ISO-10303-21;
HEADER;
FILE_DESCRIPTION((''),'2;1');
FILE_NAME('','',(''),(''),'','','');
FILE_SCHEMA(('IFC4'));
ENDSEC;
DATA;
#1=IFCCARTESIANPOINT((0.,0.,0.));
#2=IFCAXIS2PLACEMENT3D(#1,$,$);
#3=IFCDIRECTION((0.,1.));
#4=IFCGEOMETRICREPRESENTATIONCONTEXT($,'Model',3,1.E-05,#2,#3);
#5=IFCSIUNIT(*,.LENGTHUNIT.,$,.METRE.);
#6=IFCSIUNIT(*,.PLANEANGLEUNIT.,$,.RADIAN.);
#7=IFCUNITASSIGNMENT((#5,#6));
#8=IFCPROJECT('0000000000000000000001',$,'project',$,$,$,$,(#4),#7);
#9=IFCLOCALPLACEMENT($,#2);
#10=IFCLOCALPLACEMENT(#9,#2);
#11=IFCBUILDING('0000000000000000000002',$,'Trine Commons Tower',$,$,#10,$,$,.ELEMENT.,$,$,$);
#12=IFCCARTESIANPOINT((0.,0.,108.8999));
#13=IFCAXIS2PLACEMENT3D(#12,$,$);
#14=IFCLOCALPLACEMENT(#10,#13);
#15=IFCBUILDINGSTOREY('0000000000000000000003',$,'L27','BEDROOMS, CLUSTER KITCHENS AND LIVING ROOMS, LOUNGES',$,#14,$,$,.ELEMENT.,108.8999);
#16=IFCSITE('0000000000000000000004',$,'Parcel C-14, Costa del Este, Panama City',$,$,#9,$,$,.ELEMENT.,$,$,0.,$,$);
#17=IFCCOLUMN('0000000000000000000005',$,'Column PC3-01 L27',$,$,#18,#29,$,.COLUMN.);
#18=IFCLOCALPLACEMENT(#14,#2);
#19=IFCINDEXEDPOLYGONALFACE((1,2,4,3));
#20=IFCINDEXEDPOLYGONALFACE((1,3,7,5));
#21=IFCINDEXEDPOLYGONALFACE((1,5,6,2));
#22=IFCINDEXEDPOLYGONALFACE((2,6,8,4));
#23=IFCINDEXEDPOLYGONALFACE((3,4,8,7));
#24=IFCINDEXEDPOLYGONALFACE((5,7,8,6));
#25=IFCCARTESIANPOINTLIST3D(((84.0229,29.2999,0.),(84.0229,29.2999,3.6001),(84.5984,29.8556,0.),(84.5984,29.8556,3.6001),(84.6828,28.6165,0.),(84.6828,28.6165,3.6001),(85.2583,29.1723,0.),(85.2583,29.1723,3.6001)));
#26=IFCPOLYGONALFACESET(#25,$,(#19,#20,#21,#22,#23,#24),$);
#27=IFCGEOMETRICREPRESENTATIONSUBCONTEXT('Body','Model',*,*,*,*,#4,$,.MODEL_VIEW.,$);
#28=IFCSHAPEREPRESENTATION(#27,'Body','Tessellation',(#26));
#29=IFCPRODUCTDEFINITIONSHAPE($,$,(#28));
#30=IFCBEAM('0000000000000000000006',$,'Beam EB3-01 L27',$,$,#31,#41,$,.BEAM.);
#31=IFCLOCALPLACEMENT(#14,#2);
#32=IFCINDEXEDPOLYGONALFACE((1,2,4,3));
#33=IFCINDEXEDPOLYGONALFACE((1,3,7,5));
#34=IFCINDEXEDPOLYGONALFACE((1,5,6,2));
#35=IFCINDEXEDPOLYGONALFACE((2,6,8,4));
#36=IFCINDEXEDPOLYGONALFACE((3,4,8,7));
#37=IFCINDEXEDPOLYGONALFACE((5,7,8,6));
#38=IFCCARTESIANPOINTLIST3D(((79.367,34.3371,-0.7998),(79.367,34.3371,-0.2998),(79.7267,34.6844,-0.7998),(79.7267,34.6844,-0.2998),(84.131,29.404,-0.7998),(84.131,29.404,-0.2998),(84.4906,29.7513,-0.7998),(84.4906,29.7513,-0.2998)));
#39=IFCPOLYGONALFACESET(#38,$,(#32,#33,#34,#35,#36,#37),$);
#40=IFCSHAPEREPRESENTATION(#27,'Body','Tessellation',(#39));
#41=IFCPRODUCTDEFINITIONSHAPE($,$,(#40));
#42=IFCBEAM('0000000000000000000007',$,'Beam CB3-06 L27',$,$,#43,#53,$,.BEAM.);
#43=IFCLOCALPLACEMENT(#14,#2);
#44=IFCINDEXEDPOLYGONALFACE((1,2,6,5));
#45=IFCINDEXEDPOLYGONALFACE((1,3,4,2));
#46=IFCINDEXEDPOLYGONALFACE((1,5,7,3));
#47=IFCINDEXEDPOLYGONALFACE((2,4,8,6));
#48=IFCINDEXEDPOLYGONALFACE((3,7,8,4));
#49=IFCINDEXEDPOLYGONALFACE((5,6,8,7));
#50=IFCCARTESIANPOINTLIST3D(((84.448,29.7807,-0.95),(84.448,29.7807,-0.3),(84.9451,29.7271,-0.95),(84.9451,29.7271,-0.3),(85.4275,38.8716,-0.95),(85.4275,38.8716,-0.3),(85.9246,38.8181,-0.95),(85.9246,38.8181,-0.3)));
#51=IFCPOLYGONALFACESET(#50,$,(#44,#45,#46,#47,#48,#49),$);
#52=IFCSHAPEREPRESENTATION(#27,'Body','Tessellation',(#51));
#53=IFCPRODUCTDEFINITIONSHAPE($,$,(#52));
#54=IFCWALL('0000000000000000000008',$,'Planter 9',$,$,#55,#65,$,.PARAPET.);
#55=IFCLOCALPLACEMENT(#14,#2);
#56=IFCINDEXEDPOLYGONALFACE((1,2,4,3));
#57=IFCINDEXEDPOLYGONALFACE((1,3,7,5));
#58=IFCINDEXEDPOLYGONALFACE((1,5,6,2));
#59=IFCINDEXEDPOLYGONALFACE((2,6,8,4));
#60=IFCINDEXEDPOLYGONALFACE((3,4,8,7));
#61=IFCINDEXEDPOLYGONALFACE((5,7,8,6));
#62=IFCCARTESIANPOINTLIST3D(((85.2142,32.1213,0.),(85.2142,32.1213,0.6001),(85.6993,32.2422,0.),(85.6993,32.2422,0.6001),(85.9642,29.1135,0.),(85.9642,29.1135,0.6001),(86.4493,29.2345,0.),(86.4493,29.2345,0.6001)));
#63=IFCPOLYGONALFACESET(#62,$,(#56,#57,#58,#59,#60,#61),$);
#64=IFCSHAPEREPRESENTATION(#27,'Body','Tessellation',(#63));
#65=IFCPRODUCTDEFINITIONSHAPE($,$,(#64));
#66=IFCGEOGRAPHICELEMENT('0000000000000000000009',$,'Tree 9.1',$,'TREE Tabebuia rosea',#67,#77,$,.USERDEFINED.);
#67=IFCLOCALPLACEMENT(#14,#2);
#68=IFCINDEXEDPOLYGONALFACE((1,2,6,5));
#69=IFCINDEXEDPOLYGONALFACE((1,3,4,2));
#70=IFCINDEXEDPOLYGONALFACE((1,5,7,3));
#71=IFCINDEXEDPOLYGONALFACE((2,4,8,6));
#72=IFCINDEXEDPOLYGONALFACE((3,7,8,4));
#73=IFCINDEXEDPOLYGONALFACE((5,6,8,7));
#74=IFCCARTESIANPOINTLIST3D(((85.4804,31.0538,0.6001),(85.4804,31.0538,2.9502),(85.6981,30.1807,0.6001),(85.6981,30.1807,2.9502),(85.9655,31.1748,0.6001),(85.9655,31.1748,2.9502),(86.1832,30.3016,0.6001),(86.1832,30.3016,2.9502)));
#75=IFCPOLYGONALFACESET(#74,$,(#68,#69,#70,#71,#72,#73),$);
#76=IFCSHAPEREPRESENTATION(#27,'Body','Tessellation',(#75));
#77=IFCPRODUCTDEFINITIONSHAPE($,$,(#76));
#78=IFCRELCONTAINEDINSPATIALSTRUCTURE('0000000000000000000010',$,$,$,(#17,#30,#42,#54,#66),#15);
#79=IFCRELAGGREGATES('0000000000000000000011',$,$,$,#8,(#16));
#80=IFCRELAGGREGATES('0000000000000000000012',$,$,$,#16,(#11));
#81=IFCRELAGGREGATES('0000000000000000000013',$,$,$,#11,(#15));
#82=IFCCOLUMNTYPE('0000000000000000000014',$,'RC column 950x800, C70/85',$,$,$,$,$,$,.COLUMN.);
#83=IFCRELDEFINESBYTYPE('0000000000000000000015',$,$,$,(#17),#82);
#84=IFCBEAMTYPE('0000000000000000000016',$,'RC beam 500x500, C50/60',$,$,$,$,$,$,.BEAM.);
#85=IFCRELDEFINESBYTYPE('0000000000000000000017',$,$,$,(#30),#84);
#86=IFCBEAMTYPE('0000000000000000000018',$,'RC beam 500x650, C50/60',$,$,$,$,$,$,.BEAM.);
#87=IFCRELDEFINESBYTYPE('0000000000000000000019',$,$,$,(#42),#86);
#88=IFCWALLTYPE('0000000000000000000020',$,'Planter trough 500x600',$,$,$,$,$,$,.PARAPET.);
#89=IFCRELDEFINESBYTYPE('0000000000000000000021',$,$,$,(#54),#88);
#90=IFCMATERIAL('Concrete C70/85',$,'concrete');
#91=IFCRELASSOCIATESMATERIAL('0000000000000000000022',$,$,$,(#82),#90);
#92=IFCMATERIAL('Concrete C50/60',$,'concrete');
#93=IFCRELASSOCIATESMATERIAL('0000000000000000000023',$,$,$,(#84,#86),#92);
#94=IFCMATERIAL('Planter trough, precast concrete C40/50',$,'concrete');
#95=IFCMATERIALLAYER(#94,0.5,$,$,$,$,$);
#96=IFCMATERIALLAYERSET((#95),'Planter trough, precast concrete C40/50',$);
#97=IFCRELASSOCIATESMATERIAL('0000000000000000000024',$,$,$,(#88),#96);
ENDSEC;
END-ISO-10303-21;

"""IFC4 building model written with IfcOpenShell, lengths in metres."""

from ifc_helpers import new_model, si_unit, direction, frame, frame_2d, origin, origin_2d, place, context, subcontext, project, spatial, rectangle, extrude, material, layer, layer_set, material_profile, profile_set, type_object, element, save


model = new_model("IFC4")

# Units and contexts
model_context = context("Model", 3, precision=1e-05, world=origin(), true_north=direction((0.0, 1.0)))
body_context = subcontext(model_context, "Body", "Model", "MODEL_VIEW")
ifc_project = project(units=[si_unit("LENGTHUNIT", "METRE"), si_unit("PLANEANGLEUNIT", "RADIAN")], contexts=[model_context])

# Site, building, storey
site_placement = place(None, origin())
site = spatial("IfcSite", under=ifc_project, at=site_placement, Name="Parcel C-14, Costa del Este, Panama City", CompositionType="ELEMENT", RefElevation=0.0)
building_placement = place(site_placement, origin())
building = spatial("IfcBuilding", under=site, at=building_placement, Name="Trine Commons Tower", CompositionType="ELEMENT")
storey_placement = place(building_placement, frame((0.0, 0.0, 108.8999)))
storey = spatial("IfcBuildingStorey", under=building, at=storey_placement, Name="L27", Description="BEDROOMS, CLUSTER KITCHENS AND LIVING ROOMS, LOUNGES", CompositionType="ELEMENT", Elevation=108.8999)

# Column
ifc_material_1 = material(Name="Concrete C70/85", Category="concrete")
ifc_material_profile_1 = material_profile(ifc_material_1, rectangle(XDim=0.95, YDim=0.8, at=origin_2d()), Name="RC 950x800")
ifc_profile_set_1 = profile_set([ifc_material_profile_1], Name="Concrete C70/85")
column_type = type_object("IfcColumnType", Name="RC column 950x800, C70/85", PredefinedType="COLUMN", material=ifc_profile_set_1)
column_placement = place(storey_placement, frame((84.6406, 29.2361, 0.0), z_axis=(0.0, 0.0, 1.0), x_axis=(-0.694658, 0.71934, 0.0)))
element("IfcColumn", 1, at=column_placement, inside=storey, type_object=column_type, Name="Column PC3-01 L27", PredefinedType="COLUMN", context=body_context, shape_type="SweptSolid", body=[
    extrude(rectangle(XDim=0.95, YDim=0.8, at=origin_2d()), origin(), (0.0, 0.0, 1.0), 3.6001),
])

# Beams
ifc_material_2 = material(Name="Concrete C50/60", Category="concrete")
ifc_material_profile_2 = material_profile(ifc_material_2, rectangle(XDim=0.5, YDim=0.5, at=origin_2d()), Name="RC 500x500")
ifc_profile_set_2 = profile_set([ifc_material_profile_2], Name="Concrete C50/60")
beam_type_1 = type_object("IfcBeamType", Name="RC beam 500x500, C50/60", PredefinedType="BEAM", material=ifc_profile_set_2)
beam_1_placement = place(storey_placement, frame((84.3108, 29.5776, -0.5498), z_axis=(-0.694664, 0.719335, 0.0), x_axis=(-0.719335, -0.694664, 0.0)))
element("IfcBeam", 2, at=beam_1_placement, inside=storey, type_object=beam_type_1, Name="Beam EB3-01 L27", PredefinedType="BEAM", context=body_context, shape_type="SweptSolid", body=[
    extrude(rectangle(XDim=0.5, YDim=0.5, at=origin_2d()), origin(), (0.0, 0.0, 1.0), 6.8579),
])
ifc_material_profile_3 = material_profile(ifc_material_2, rectangle(XDim=0.5, YDim=0.6499, at=origin_2d()), Name="RC 500x650")
ifc_profile_set_3 = profile_set([ifc_material_profile_3], Name="Concrete C50/60")
beam_type_2 = type_object("IfcBeamType", Name="RC beam 500x650, C50/60", PredefinedType="BEAM", material=ifc_profile_set_3)
beam_2_placement = place(storey_placement, frame((84.6965, 29.7539, -0.625), z_axis=(0.107125, 0.994246, 0.0), x_axis=(-0.994246, 0.107125, 0.0)))
element("IfcBeam", 3, at=beam_2_placement, inside=storey, type_object=beam_type_2, Name="Beam CB3-06 L27", PredefinedType="BEAM", context=body_context, shape_type="SweptSolid", body=[
    extrude(rectangle(XDim=0.5, YDim=0.6499, at=origin_2d()), origin(), (0.0, 0.0, 1.0), 9.1436),
])

# Wall
ifc_material_3 = material(Name="Planter trough, precast concrete C40/50", Category="concrete")
ifc_layer_1 = layer(ifc_material_3, 0.5)
ifc_layer_set_1 = layer_set([ifc_layer_1], Name="Planter trough, precast concrete C40/50")
wall_type_1 = type_object("IfcWallType", Name="Planter trough 500x600", PredefinedType="PARAPET", material=ifc_layer_set_1)
wall_1_placement = place(storey_placement, frame((85.4568, 32.1816, 0.0), z_axis=(0.0, 0.0, 1.0), x_axis=(0.241943, -0.970291, 0.0)))
element("IfcWall", 4, at=wall_1_placement, inside=storey, type_object=wall_type_1, Name="Planter 9", PredefinedType="PARAPET", context=body_context, shape_type="SweptSolid", body=[
    extrude(rectangle(XDim=3.0999, YDim=0.5, at=frame_2d((1.5498, 0.0))), origin(), (0.0, 0.0, 1.0), 0.6001),
])

# Geographic element
geographic_element_placement = place(storey_placement, frame((85.8318, 30.6777, 0.6001), z_axis=(0.0, 0.0, 1.0), x_axis=(0.241908, -0.970299, 0.0)))
element("IfcGeographicElement", 5, at=geographic_element_placement, inside=storey, Name="Tree 9.1", ObjectType="TREE Tabebuia rosea", PredefinedType="USERDEFINED", context=body_context, shape_type="SweptSolid", body=[
    extrude(rectangle(XDim=0.8999, YDim=0.5, at=origin_2d()), origin(), (0.0, 0.0, 1.0), 2.3501),
])

save(model, "model.ifc")
